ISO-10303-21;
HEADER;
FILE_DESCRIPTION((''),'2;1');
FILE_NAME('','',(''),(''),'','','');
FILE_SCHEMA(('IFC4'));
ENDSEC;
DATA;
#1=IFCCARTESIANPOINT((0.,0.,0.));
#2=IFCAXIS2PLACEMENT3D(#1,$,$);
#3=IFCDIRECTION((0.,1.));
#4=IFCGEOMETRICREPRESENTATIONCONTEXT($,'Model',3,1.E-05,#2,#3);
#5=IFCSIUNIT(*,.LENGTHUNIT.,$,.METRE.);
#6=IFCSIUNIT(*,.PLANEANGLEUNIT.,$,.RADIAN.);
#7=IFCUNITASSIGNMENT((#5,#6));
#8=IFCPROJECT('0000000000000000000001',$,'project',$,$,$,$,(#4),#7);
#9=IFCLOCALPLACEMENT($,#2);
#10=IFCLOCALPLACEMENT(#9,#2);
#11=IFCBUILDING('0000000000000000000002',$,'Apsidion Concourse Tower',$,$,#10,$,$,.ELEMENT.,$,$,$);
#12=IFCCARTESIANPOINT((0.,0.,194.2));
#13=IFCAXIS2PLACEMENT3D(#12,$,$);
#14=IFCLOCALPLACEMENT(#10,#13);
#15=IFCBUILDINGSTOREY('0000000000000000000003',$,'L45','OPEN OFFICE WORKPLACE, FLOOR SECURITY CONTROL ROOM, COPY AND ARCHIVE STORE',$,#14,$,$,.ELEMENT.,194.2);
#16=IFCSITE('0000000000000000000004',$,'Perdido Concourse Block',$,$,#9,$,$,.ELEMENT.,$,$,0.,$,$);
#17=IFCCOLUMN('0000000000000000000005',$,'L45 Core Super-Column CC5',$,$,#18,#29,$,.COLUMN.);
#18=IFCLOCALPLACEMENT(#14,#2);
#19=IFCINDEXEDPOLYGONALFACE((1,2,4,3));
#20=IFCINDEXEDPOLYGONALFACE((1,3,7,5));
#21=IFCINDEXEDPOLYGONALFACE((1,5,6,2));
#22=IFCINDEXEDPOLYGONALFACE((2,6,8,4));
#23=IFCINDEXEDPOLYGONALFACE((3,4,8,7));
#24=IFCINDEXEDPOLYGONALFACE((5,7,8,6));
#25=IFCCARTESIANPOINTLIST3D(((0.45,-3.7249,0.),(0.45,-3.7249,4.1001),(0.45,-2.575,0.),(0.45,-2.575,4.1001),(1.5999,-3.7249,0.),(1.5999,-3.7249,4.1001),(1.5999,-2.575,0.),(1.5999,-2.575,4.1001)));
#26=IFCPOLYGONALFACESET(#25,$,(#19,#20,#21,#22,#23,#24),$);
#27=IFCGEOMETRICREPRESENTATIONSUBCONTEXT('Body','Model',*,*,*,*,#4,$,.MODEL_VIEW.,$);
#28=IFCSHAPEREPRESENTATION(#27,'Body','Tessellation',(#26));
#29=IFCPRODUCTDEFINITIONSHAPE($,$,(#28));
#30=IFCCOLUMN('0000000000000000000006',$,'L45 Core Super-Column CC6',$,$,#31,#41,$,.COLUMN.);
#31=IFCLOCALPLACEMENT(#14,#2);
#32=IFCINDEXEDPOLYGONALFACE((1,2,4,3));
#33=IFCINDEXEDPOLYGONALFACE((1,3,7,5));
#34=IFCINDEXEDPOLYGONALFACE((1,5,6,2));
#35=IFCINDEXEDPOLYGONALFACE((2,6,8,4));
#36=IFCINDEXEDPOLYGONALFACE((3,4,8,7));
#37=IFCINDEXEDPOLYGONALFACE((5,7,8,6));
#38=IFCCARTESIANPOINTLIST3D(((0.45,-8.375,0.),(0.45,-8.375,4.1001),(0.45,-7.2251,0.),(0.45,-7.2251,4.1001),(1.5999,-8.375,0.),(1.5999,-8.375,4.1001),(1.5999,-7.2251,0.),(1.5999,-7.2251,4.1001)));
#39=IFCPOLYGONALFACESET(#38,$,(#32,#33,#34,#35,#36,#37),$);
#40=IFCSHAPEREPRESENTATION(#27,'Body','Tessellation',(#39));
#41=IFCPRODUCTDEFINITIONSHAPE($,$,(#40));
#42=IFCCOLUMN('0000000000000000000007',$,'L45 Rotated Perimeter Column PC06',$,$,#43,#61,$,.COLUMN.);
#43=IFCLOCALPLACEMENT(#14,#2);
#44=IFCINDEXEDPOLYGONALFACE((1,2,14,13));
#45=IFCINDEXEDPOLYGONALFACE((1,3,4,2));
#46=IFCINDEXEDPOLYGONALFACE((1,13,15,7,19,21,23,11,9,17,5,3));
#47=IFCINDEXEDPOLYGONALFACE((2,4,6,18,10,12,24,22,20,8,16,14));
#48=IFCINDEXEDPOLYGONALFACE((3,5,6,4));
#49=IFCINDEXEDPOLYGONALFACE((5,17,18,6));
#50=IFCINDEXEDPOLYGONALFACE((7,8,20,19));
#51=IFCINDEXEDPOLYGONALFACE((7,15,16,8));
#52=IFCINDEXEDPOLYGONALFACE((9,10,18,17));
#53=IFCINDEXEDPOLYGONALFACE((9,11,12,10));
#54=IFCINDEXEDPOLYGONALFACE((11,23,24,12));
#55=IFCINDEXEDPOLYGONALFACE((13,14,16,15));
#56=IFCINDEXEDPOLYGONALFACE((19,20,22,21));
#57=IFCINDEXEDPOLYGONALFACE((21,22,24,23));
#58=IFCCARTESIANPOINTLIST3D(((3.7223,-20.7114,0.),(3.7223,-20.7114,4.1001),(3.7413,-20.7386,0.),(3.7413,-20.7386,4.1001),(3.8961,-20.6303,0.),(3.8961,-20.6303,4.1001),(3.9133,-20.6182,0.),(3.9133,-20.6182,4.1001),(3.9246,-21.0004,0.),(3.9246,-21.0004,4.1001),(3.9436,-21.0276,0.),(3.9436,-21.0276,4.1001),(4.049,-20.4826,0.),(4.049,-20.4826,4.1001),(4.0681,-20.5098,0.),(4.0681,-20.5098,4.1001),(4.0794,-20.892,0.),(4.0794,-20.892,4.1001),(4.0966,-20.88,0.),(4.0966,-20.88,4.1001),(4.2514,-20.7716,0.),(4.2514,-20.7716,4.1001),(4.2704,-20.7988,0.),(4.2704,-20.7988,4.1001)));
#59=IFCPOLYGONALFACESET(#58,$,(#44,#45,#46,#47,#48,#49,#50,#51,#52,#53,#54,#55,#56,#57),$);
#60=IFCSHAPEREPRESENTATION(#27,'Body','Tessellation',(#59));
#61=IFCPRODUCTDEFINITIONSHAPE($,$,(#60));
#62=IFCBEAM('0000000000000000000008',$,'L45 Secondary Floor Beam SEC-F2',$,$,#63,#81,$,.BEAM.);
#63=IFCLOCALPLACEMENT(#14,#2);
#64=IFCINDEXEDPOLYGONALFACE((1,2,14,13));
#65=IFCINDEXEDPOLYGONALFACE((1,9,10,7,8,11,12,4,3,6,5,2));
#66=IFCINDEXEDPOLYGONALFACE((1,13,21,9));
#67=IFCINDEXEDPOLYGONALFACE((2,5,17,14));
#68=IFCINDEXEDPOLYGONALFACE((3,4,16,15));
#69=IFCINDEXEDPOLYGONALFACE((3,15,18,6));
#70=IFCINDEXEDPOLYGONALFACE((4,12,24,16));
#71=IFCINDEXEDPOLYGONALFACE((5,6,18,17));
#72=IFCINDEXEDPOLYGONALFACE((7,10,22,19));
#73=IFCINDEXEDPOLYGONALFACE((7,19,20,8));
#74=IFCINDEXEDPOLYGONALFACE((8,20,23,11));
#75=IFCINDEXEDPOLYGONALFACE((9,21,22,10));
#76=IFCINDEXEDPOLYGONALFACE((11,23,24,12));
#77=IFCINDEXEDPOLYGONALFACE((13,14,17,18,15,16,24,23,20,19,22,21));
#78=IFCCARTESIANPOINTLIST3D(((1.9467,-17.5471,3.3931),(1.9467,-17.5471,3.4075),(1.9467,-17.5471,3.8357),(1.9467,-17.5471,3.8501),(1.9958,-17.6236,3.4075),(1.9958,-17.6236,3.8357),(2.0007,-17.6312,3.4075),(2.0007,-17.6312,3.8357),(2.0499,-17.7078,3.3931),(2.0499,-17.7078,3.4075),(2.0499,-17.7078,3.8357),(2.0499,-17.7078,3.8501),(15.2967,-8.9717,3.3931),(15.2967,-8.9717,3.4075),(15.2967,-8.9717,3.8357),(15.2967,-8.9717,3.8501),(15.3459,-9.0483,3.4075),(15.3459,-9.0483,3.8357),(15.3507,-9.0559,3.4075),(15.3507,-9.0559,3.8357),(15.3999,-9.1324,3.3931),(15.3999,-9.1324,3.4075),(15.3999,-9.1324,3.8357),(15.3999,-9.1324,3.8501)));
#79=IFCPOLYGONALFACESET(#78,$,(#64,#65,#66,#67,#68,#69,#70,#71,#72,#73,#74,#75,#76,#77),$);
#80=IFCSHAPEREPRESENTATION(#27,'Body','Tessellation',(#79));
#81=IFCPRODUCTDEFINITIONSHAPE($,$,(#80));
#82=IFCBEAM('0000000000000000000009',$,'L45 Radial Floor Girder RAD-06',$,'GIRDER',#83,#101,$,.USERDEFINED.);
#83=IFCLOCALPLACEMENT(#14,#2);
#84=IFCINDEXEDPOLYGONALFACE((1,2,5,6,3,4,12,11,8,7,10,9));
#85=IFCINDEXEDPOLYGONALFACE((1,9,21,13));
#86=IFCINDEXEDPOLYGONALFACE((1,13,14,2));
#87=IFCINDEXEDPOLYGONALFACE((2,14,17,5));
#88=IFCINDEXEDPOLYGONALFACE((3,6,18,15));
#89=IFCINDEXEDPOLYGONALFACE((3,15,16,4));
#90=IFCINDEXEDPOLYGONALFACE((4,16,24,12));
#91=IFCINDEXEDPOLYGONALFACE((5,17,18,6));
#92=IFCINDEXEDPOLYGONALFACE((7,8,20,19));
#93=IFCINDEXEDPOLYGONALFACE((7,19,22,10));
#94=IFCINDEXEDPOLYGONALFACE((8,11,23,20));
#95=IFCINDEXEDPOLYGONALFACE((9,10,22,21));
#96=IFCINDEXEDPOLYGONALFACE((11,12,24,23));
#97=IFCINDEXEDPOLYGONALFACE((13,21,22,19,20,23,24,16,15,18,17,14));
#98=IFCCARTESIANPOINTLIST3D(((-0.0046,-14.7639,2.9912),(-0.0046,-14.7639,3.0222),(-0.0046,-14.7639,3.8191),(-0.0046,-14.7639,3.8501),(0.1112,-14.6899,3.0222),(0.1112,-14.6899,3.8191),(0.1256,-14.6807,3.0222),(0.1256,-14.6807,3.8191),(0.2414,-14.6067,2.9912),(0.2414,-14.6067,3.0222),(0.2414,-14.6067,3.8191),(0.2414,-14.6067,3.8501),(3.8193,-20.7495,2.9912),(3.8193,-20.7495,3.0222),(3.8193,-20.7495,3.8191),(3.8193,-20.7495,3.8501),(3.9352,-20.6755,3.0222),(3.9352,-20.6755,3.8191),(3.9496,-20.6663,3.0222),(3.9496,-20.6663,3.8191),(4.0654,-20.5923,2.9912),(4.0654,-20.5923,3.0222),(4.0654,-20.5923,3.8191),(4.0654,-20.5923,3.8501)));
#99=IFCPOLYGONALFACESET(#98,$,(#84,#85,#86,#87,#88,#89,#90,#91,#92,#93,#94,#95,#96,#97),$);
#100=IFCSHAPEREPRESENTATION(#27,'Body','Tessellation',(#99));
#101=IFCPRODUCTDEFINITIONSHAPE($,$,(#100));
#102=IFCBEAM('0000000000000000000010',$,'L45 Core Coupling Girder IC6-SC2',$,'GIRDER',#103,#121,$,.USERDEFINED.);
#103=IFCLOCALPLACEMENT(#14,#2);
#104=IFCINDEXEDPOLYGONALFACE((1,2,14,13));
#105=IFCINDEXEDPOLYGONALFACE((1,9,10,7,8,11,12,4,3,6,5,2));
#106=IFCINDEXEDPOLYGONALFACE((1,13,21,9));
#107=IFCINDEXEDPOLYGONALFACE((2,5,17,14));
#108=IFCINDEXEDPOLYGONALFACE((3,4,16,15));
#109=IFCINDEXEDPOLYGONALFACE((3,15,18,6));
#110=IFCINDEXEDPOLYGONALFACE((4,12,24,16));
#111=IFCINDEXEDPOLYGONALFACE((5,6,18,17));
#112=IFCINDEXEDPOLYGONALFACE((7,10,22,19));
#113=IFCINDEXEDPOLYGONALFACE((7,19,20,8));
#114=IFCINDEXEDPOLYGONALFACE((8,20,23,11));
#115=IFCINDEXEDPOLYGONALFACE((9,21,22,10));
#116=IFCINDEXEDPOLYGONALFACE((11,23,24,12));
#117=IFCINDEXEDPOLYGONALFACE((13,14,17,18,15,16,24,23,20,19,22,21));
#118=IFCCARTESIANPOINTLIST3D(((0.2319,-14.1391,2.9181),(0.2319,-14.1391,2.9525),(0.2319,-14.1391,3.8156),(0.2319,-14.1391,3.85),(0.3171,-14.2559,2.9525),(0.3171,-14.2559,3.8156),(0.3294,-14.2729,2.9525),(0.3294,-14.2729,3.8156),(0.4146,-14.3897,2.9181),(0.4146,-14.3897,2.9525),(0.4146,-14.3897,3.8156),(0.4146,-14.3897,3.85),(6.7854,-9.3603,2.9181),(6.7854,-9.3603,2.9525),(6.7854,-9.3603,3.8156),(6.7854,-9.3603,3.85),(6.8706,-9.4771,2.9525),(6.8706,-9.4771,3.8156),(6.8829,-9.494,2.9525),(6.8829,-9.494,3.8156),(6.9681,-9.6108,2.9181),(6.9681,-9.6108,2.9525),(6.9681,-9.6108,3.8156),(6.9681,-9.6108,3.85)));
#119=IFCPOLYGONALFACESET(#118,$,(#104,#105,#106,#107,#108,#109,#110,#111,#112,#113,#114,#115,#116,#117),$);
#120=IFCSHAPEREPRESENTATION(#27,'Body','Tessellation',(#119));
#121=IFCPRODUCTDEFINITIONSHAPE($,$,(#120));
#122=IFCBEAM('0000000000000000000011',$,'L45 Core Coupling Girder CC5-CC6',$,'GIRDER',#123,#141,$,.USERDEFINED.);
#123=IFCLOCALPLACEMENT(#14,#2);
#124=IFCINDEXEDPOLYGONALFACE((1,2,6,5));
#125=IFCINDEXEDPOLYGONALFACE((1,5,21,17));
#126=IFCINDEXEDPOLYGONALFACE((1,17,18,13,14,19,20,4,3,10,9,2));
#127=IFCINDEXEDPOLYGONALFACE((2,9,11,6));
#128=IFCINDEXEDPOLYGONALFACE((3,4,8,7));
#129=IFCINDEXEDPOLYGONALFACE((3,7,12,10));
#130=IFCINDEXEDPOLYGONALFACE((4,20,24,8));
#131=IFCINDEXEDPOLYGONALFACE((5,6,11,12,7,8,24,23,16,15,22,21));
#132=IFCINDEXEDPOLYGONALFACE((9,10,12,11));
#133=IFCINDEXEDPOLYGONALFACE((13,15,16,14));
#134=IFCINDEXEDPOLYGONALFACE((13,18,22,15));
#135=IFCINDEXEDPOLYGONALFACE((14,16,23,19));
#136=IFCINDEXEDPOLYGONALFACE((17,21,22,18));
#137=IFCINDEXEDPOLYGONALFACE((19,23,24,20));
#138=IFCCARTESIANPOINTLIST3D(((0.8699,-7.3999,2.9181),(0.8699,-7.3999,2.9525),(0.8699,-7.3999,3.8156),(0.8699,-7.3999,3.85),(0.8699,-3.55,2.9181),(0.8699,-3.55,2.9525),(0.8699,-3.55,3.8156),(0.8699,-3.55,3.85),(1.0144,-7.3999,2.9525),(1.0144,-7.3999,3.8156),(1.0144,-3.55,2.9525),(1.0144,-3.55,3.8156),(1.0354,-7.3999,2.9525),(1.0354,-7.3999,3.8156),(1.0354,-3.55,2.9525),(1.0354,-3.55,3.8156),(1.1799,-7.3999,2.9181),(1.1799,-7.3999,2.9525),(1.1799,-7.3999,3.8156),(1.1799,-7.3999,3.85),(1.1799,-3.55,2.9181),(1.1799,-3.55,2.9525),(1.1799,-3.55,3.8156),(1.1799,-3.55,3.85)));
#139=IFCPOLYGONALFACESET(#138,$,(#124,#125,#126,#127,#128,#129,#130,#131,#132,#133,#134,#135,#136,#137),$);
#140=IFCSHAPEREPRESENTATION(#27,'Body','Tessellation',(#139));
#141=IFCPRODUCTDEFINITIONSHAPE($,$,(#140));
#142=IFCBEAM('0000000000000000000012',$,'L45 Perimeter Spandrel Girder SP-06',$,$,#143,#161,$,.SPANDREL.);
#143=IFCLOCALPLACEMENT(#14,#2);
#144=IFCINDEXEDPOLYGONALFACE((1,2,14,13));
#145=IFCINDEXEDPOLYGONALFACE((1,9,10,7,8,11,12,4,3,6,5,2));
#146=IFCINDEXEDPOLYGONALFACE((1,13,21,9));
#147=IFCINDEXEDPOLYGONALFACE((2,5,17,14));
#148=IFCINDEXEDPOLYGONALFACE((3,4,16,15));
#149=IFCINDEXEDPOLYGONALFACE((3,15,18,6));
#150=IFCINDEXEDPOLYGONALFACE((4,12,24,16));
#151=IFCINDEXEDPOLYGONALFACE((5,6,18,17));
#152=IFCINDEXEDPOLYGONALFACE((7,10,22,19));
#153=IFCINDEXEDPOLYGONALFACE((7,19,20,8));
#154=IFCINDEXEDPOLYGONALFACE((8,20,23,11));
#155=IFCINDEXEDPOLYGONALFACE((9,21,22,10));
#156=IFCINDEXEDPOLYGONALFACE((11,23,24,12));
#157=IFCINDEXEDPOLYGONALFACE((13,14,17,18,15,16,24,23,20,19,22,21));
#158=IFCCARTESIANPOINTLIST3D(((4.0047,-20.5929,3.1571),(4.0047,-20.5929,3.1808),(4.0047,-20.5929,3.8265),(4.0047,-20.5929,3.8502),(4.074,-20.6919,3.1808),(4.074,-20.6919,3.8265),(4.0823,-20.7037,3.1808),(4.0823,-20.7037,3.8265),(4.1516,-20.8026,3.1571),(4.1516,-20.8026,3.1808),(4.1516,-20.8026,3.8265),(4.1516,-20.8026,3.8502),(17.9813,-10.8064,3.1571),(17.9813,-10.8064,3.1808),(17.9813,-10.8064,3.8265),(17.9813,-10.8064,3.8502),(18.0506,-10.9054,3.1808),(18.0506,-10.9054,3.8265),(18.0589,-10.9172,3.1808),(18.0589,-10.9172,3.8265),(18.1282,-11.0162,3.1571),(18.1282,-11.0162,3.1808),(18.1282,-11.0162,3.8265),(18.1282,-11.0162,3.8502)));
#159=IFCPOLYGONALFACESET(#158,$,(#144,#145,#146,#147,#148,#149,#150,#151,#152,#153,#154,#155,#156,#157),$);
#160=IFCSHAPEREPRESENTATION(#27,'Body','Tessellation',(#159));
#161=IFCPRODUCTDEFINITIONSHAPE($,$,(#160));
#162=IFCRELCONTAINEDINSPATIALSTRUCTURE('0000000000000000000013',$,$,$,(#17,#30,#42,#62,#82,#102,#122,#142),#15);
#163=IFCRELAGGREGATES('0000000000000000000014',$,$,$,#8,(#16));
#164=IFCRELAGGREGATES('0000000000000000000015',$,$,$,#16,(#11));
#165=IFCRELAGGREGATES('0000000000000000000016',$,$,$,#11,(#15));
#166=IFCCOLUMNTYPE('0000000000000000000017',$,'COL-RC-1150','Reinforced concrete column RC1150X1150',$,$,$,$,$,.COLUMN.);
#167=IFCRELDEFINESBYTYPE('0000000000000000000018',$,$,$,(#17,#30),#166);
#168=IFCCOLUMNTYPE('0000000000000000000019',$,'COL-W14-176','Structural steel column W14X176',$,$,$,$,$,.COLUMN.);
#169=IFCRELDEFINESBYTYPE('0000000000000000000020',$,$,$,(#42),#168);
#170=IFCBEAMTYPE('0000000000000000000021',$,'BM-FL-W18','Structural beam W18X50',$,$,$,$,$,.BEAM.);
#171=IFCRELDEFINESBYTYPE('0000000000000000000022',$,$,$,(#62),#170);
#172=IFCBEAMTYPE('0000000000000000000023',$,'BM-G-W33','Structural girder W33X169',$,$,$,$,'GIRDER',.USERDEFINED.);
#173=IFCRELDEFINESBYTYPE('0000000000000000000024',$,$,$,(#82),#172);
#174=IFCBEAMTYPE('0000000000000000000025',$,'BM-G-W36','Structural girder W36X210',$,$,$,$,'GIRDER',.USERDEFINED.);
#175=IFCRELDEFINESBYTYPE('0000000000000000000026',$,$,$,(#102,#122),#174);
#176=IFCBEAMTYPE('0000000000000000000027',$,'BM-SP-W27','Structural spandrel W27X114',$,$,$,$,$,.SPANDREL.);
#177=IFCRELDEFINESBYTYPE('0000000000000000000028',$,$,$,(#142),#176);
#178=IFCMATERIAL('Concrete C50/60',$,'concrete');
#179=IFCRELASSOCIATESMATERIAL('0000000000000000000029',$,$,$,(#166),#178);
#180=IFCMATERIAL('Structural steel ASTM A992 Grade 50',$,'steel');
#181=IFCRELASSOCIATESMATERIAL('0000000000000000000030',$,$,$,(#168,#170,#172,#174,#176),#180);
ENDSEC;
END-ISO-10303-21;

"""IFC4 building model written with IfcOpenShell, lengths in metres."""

from ifc_helpers import new_model, si_unit, direction, frame, origin, origin_2d, place, context, subcontext, project, spatial, rectangle, i_section, extrude, material, material_profile, profile_set, type_object, element, save


model = new_model("IFC4")

# Units and contexts
model_context = context("Model", 3, precision=1e-05, world=origin(), true_north=direction((0.0, 1.0)))
body_context = subcontext(model_context, "Body", "Model", "MODEL_VIEW")
ifc_project = project(units=[si_unit("LENGTHUNIT", "METRE"), si_unit("PLANEANGLEUNIT", "RADIAN")], contexts=[model_context])

# Site, building, storey
site_placement = place(None, origin())
site = spatial("IfcSite", under=ifc_project, at=site_placement, Name="Perdido Concourse Block", CompositionType="ELEMENT", RefElevation=0.0)
building_placement = place(site_placement, origin())
building = spatial("IfcBuilding", under=site, at=building_placement, Name="Apsidion Concourse Tower", CompositionType="ELEMENT")
storey_placement = place(building_placement, frame((0.0, 0.0, 194.2)))
storey = spatial("IfcBuildingStorey", under=building, at=storey_placement, Name="L45", Description="OPEN OFFICE WORKPLACE, FLOOR SECURITY CONTROL ROOM, COPY AND ARCHIVE STORE", CompositionType="ELEMENT", Elevation=194.2)

# Columns
ifc_material_1 = material(Name="Concrete C50/60", Category="concrete")
ifc_material_profile_1 = material_profile(ifc_material_1, rectangle(XDim=1.1499, YDim=1.1499, at=origin_2d()), Name="RC 1150x1150")
ifc_profile_set_1 = profile_set([ifc_material_profile_1], Name="Concrete C50/60")
column_type_1 = type_object("IfcColumnType", Name="COL-RC-1150", Description="Reinforced concrete column RC1150X1150", PredefinedType="COLUMN", material=ifc_profile_set_1)
for number, where, z_axis, x_axis, name in (
    (1, (1.0249, -3.1499, 0.0), (0.0, 0.0, 1.0), (1.0, 0.0, 0.0), "L45 Core Super-Column CC5"),
    (2, (1.0249, -7.8, 0.0), (0.0, 0.0, 1.0), (1.0, 0.0, 0.0), "L45 Core Super-Column CC6"),
):
    element("IfcColumn", number, at=place(storey_placement, frame(where, z_axis=z_axis, x_axis=x_axis)), inside=storey, type_object=column_type_1, Name=name, PredefinedType="COLUMN", context=body_context, shape_type="SweptSolid", body=[
        extrude(rectangle(XDim=1.1499, YDim=1.1499, at=origin_2d()), origin(), (0.0, 0.0, 1.0), 4.1001),
    ])
ifc_material_2 = material(Name="Structural steel ASTM A992 Grade 50", Category="steel")
ifc_material_profile_2 = material_profile(ifc_material_2, i_section(OverallWidth=0.3989, OverallDepth=0.386, WebThickness=0.021, FlangeThickness=0.0332, at=origin_2d()), Name="W14X176")
ifc_profile_set_2 = profile_set([ifc_material_profile_2], Name="Structural steel ASTM A992 Grade 50")
column_type_2 = type_object("IfcColumnType", Name="COL-W14-176", Description="Structural steel column W14X176", PredefinedType="COLUMN", material=ifc_profile_set_2)
column_placement = place(storey_placement, frame((3.9963, -20.7551, 0.0), z_axis=(0.0, 0.0, 1.0), x_axis=(0.819152, 0.573576, 0.0)))
element("IfcColumn", 3, at=column_placement, inside=storey, type_object=column_type_2, Name="L45 Rotated Perimeter Column PC06", PredefinedType="COLUMN", context=body_context, shape_type="SweptSolid", body=[
    extrude(i_section(OverallWidth=0.3989, OverallDepth=0.386, WebThickness=0.021, FlangeThickness=0.0332, at=origin_2d()), origin(), (0.0, 0.0, 1.0), 4.1001),
])

# Beams
ifc_material_profile_3 = material_profile(ifc_material_2, i_section(OverallWidth=0.1909, OverallDepth=0.457, WebThickness=0.009, FlangeThickness=0.0144, at=origin_2d()), Name="W18X50")
ifc_profile_set_3 = profile_set([ifc_material_profile_3], Name="Structural steel ASTM A992 Grade 50")
beam_type_1 = type_object("IfcBeamType", Name="BM-FL-W18", Description="Structural beam W18X50", PredefinedType="BEAM", material=ifc_profile_set_3)
beam_1_placement = place(storey_placement, frame((1.9983, -17.6274, 3.6216), z_axis=(0.841372, 0.540456, 0.0), x_axis=(-0.540456, 0.841372, 0.0)))
element("IfcBeam", 4, at=beam_1_placement, inside=storey, type_object=beam_type_1, Name="L45 Secondary Floor Beam SEC-F2", PredefinedType="BEAM", context=body_context, shape_type="SweptSolid", body=[
    extrude(i_section(OverallWidth=0.1909, OverallDepth=0.457, WebThickness=0.009, FlangeThickness=0.0144, at=origin_2d()), origin(), (0.0, 0.0, 1.0), 15.8669),
])
ifc_material_profile_4 = material_profile(ifc_material_2, i_section(OverallWidth=0.292, OverallDepth=0.8589, WebThickness=0.0171, FlangeThickness=0.031, at=origin_2d()), Name="W33X169")
ifc_profile_set_4 = profile_set([ifc_material_profile_4], Name="Structural steel ASTM A992 Grade 50")
beam_type_2 = type_object("IfcBeamType", Name="BM-G-W33", Description="Structural girder W33X169", ElementType="GIRDER", PredefinedType="USERDEFINED", material=ifc_profile_set_4)
beam_2_placement = place(storey_placement, frame((0.1184, -14.6853, 3.4207), z_axis=(0.538374, -0.842706, 0.0), x_axis=(0.842706, 0.538374, 0.0)))
element("IfcBeam", 5, at=beam_2_placement, inside=storey, type_object=beam_type_2, Name="L45 Radial Floor Girder RAD-06", ObjectType="GIRDER", PredefinedType="USERDEFINED", context=body_context, shape_type="SweptSolid", body=[
    extrude(i_section(OverallWidth=0.292, OverallDepth=0.8589, WebThickness=0.0171, FlangeThickness=0.031, at=origin_2d()), origin(), (0.0, 0.0, 1.0), 7.1028),
])
ifc_material_profile_5 = material_profile(ifc_material_2, i_section(OverallWidth=0.3101, OverallDepth=0.9319, WebThickness=0.021, FlangeThickness=0.0344, at=origin_2d()), Name="W36X210")
ifc_profile_set_5 = profile_set([ifc_material_profile_5], Name="Structural steel ASTM A992 Grade 50")
beam_type_3 = type_object("IfcBeamType", Name="BM-G-W36", Description="Structural girder W36X210", ElementType="GIRDER", PredefinedType="USERDEFINED", material=ifc_profile_set_5)
beam_3_placement = place(storey_placement, frame((0.3232, -14.2644, 3.384), z_axis=(0.807993, 0.589191, 0.0), x_axis=(-0.589191, 0.807993, 0.0)))
element("IfcBeam", 6, at=beam_3_placement, inside=storey, type_object=beam_type_3, Name="L45 Core Coupling Girder IC6-SC2", ObjectType="GIRDER", PredefinedType="USERDEFINED", context=body_context, shape_type="SweptSolid", body=[
    extrude(i_section(OverallWidth=0.3101, OverallDepth=0.9319, WebThickness=0.021, FlangeThickness=0.0344, at=origin_2d()), origin(), (0.0, 0.0, 1.0), 8.1108),
])
beam_4_placement = place(storey_placement, frame((1.0249, -3.55, 3.384), z_axis=(0.0, -1.0, 0.0), x_axis=(1.0, 0.0, 0.0)))
element("IfcBeam", 7, at=beam_4_placement, inside=storey, type_object=beam_type_3, Name="L45 Core Coupling Girder CC5-CC6", ObjectType="GIRDER", PredefinedType="USERDEFINED", context=body_context, shape_type="SweptSolid", body=[
    extrude(i_section(OverallWidth=0.3101, OverallDepth=0.9319, WebThickness=0.021, FlangeThickness=0.0344, at=origin_2d()), origin(), (0.0, 0.0, 1.0), 3.8499),
])
ifc_material_profile_6 = material_profile(ifc_material_2, i_section(OverallWidth=0.2561, OverallDepth=0.6931, WebThickness=0.0144, FlangeThickness=0.0237, at=origin_2d()), Name="W27X114")
ifc_profile_set_6 = profile_set([ifc_material_profile_6], Name="Structural steel ASTM A992 Grade 50")
beam_type_4 = type_object("IfcBeamType", Name="BM-SP-W27", Description="Structural spandrel W27X114", PredefinedType="SPANDREL", material=ifc_profile_set_6)
beam_5_placement = place(storey_placement, frame((4.0781, -20.6978, 3.5037), z_axis=(0.819155, 0.573572, 0.0), x_axis=(-0.573572, 0.819155, 0.0)))
element("IfcBeam", 8, at=beam_5_placement, inside=storey, type_object=beam_type_4, Name="L45 Perimeter Spandrel Girder SP-06", PredefinedType="SPANDREL", context=body_context, shape_type="SweptSolid", body=[
    extrude(i_section(OverallWidth=0.2561, OverallDepth=0.6931, WebThickness=0.0144, FlangeThickness=0.0237, at=origin_2d()), origin(), (0.0, 0.0, 1.0), 17.0623),
])

save(model, "model.ifc")
